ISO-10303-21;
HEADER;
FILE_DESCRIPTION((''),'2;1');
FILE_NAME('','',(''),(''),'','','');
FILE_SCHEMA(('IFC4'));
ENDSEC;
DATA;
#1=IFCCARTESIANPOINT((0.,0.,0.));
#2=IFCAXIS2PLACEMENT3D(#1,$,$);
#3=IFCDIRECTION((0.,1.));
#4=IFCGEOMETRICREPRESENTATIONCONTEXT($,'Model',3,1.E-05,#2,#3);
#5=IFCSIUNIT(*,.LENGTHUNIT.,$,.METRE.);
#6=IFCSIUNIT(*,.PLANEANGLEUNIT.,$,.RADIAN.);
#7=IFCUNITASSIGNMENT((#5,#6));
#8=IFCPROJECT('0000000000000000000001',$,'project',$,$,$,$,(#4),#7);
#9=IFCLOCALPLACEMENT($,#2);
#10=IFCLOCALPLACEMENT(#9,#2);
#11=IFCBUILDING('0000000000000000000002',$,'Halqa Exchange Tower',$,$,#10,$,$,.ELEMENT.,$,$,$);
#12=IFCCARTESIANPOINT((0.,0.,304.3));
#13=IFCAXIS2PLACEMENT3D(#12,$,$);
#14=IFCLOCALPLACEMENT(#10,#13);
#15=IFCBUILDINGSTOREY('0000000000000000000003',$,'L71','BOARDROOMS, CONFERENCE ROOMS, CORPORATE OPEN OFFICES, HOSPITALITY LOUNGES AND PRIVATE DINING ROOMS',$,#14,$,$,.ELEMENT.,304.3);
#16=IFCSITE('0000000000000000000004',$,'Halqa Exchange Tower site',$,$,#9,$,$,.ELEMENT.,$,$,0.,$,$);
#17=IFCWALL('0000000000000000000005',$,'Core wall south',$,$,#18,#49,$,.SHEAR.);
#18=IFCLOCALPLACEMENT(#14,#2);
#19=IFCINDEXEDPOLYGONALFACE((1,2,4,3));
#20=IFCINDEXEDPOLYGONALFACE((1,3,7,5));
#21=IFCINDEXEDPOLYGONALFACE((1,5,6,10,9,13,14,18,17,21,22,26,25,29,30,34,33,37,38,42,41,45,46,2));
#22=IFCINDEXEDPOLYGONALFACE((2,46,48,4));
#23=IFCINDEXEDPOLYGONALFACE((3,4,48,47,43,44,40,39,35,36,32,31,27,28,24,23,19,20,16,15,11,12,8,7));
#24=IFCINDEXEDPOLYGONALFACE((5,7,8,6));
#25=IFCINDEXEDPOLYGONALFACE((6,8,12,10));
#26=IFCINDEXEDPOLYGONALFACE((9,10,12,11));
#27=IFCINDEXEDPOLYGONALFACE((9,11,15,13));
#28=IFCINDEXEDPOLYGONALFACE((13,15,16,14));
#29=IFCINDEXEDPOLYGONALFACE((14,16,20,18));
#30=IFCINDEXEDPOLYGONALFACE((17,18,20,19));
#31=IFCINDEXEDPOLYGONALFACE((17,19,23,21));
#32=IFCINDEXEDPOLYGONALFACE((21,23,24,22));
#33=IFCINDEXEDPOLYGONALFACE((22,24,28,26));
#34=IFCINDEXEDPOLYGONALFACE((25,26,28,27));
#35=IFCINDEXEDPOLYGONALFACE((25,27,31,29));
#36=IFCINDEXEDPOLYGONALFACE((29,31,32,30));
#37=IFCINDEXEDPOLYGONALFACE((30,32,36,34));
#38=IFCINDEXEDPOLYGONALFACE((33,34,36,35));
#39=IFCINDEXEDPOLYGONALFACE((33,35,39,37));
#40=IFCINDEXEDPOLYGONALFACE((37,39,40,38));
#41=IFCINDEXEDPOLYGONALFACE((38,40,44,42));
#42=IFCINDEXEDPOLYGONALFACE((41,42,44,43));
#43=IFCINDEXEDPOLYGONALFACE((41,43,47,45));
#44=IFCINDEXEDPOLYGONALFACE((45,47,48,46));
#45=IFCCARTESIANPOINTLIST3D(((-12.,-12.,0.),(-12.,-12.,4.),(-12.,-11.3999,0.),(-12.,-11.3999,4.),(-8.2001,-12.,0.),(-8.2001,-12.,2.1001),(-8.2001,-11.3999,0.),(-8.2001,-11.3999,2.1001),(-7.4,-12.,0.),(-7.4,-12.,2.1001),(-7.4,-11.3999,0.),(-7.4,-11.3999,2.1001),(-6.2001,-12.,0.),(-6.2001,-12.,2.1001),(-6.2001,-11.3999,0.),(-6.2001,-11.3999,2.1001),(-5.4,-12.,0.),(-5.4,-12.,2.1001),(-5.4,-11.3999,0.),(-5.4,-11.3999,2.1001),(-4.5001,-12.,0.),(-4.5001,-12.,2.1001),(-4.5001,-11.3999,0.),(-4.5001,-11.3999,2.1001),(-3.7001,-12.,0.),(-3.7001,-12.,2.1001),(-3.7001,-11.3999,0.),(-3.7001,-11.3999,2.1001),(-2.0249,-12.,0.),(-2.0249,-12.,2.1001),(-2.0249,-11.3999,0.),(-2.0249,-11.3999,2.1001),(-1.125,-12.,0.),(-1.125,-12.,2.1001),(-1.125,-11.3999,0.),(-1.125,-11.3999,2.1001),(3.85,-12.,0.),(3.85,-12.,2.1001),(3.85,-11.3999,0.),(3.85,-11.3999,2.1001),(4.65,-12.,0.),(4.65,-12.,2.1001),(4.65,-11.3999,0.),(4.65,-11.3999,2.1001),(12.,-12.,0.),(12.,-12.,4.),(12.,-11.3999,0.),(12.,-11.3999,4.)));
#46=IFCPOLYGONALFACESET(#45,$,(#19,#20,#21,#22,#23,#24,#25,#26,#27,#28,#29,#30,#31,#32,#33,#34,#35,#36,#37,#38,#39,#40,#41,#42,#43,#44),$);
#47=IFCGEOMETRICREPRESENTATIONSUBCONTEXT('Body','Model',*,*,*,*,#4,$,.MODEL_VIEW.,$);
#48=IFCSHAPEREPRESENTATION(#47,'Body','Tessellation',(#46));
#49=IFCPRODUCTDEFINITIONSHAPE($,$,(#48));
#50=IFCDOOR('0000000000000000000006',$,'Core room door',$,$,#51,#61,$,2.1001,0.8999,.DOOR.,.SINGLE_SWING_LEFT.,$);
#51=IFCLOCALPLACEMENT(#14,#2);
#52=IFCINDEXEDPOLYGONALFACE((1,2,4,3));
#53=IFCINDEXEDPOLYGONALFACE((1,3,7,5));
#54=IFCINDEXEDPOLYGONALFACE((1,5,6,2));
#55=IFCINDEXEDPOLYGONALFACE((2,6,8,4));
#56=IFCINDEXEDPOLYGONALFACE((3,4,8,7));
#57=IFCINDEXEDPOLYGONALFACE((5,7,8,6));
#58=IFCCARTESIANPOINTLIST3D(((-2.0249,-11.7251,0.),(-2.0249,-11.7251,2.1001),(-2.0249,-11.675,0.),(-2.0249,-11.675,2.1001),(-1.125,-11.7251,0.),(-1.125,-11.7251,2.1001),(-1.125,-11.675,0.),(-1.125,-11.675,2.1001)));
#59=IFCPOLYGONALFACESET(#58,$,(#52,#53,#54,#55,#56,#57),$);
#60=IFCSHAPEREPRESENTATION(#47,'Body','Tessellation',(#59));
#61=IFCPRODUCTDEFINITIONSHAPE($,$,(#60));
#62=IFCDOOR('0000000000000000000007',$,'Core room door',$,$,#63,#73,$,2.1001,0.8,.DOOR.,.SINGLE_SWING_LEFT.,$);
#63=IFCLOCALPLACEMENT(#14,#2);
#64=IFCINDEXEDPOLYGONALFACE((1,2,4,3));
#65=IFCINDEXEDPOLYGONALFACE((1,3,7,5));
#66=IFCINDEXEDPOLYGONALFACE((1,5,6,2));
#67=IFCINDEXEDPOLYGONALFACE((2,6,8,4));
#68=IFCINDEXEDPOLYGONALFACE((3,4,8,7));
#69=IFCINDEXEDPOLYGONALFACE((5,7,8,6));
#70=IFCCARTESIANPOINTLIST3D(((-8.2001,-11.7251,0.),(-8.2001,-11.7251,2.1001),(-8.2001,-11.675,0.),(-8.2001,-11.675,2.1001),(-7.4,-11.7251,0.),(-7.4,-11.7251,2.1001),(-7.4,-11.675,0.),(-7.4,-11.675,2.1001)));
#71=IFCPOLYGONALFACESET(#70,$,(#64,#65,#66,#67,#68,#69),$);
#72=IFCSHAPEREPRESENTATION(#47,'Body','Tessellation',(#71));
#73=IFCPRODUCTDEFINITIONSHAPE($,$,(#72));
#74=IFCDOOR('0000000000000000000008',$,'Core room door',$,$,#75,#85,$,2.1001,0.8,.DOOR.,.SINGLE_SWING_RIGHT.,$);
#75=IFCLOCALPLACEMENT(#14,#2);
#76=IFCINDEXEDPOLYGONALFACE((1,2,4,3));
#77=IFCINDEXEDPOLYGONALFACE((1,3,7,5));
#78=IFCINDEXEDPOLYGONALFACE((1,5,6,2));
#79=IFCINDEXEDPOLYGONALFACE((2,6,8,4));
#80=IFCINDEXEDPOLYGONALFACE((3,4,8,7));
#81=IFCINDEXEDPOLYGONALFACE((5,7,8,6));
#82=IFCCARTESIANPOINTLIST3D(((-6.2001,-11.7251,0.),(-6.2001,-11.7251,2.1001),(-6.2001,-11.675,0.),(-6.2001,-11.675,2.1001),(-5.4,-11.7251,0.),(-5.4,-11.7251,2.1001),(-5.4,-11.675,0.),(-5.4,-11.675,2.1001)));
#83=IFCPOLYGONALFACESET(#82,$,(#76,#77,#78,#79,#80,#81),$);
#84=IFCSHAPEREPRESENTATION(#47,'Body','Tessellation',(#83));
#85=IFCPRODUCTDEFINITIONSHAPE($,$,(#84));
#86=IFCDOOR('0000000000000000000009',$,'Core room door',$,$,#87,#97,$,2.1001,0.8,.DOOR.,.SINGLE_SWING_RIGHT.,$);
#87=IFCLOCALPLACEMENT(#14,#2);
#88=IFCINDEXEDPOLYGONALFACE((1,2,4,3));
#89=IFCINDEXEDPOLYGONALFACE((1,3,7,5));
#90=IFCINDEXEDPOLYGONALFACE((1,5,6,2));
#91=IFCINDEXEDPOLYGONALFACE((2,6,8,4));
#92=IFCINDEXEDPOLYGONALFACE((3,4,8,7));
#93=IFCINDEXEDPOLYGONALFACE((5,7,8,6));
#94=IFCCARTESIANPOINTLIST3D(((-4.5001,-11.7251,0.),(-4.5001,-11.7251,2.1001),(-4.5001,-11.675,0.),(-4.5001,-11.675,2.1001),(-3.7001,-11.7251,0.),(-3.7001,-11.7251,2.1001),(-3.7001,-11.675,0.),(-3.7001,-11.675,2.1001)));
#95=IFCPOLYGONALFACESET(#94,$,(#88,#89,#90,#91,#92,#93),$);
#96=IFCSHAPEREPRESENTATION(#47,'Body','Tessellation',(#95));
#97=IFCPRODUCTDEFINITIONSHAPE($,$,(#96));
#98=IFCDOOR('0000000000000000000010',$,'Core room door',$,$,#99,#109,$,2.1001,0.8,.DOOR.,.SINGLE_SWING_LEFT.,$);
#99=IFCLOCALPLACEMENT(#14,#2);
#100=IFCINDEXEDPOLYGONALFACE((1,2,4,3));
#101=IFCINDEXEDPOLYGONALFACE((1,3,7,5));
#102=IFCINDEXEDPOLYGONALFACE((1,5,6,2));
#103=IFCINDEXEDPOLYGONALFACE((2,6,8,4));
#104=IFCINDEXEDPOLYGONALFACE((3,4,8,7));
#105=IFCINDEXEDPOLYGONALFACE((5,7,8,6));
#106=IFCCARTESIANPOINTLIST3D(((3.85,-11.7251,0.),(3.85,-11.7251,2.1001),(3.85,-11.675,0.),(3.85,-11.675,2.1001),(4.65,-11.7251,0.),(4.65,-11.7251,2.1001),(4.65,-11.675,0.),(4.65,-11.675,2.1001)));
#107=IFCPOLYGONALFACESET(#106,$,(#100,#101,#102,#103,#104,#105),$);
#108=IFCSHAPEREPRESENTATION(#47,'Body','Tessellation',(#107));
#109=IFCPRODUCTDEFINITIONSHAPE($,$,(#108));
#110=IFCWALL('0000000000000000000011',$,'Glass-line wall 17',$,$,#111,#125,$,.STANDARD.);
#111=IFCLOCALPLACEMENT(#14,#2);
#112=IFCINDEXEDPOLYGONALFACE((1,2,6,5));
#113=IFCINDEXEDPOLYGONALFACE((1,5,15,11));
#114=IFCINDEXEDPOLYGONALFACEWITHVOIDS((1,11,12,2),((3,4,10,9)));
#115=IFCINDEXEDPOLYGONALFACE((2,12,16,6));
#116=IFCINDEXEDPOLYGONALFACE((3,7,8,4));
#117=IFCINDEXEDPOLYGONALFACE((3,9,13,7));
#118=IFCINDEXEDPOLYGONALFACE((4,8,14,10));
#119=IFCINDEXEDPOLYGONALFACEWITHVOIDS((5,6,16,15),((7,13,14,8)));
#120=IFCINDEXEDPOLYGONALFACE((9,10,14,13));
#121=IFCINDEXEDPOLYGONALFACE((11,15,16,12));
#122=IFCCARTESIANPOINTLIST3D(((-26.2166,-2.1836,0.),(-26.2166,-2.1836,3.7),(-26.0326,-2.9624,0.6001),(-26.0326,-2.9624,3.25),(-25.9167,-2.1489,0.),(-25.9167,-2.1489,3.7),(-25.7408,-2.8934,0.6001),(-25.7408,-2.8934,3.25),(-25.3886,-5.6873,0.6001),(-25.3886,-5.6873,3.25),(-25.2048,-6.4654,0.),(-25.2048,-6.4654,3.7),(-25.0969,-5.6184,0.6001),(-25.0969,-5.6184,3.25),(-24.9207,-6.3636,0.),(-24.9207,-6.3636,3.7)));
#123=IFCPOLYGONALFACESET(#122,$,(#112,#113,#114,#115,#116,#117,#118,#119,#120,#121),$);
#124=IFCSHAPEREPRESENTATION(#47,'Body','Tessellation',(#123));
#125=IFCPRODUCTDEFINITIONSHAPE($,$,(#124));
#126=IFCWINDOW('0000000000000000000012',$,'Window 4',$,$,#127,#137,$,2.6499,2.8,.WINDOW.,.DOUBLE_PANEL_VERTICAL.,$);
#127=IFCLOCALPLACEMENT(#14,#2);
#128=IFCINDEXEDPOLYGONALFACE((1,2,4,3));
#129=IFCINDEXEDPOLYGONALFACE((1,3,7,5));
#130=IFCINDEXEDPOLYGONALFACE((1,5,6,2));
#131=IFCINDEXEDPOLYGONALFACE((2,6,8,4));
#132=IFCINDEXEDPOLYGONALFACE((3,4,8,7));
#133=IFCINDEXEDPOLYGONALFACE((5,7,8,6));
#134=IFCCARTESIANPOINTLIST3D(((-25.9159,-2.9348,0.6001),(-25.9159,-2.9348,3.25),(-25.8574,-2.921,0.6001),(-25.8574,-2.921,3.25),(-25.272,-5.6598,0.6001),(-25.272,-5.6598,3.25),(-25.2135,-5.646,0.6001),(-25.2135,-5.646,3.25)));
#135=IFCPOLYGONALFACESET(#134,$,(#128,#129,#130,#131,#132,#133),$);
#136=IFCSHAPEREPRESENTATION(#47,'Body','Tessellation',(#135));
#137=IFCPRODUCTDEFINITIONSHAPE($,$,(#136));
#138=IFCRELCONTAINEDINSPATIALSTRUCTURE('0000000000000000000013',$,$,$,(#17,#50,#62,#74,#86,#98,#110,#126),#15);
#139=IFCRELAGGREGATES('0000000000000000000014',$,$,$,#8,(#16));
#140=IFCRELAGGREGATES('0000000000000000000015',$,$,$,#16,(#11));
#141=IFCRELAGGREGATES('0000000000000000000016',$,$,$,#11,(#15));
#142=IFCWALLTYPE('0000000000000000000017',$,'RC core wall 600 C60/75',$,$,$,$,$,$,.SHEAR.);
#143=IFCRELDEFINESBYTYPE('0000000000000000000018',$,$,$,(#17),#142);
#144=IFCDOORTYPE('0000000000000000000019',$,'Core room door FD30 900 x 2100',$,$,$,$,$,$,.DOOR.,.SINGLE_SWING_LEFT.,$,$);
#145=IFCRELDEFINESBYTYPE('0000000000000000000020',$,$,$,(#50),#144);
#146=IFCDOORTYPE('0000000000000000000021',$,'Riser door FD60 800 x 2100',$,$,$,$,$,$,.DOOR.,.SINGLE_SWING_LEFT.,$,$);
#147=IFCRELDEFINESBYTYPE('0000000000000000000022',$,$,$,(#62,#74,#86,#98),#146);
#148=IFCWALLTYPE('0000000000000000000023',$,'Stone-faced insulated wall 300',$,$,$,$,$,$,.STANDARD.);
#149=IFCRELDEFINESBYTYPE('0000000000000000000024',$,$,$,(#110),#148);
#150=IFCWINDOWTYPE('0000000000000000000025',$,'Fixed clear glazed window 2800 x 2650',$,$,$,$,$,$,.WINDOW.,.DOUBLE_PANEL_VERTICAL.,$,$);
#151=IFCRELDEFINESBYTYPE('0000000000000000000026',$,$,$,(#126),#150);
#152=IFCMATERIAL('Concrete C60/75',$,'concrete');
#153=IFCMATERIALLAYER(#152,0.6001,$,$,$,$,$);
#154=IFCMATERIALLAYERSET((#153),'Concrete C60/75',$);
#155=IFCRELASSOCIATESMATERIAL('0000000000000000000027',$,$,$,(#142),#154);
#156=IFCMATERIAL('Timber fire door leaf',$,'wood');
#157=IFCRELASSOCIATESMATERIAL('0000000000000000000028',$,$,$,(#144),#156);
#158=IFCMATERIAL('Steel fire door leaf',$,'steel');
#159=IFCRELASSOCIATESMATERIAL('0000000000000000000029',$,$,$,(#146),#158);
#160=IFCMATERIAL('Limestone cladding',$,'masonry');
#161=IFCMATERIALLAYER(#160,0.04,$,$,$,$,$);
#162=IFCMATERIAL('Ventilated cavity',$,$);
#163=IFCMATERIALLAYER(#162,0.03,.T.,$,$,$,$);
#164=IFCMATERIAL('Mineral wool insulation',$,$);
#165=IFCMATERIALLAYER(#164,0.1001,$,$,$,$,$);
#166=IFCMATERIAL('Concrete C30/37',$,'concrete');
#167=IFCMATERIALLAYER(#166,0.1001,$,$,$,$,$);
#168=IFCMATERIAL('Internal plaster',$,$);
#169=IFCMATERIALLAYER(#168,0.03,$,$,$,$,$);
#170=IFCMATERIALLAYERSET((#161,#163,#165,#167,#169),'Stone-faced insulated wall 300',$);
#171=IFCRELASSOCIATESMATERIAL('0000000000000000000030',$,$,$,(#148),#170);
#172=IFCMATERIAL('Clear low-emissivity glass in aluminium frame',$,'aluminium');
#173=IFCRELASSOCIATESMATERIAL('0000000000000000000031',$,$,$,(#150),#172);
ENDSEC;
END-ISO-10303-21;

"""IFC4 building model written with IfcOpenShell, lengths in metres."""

from ifc_helpers import new_model, si_unit, direction, frame, frame_2d, origin, place, context, subcontext, project, spatial, polyline, rectangle, outline, extrude, material, layer, layer_set, type_object, element, fill, save


model = new_model("IFC4")

# Units and contexts
model_context = context("Model", 3, precision=1e-05, world=origin(), true_north=direction((0.0, 1.0)))
body_context = subcontext(model_context, "Body", "Model", "MODEL_VIEW")
ifc_project = project(units=[si_unit("LENGTHUNIT", "METRE"), si_unit("PLANEANGLEUNIT", "RADIAN")], contexts=[model_context])

# Site, building, storey
site_placement = place(None, origin())
site = spatial("IfcSite", under=ifc_project, at=site_placement, Name="Halqa Exchange Tower site", CompositionType="ELEMENT", RefElevation=0.0)
building_placement = place(site_placement, origin())
building = spatial("IfcBuilding", under=site, at=building_placement, Name="Halqa Exchange Tower", CompositionType="ELEMENT")
storey_placement = place(building_placement, frame((0.0, 0.0, 304.3)))
storey = spatial("IfcBuildingStorey", under=building, at=storey_placement, Name="L71", Description="BOARDROOMS, CONFERENCE ROOMS, CORPORATE OPEN OFFICES, HOSPITALITY LOUNGES AND PRIVATE DINING ROOMS", CompositionType="ELEMENT", Elevation=304.3)

# Shared definitions
ifc_material_1 = material(Name="Concrete C60/75", Category="concrete")

# Wall, openings, doors
ifc_layer_1 = layer(ifc_material_1, 0.6001)
ifc_layer_set_1 = layer_set([ifc_layer_1], Name="Concrete C60/75")
wall_type_1 = type_object("IfcWallType", Name="RC core wall 600 C60/75", PredefinedType="SHEAR", material=ifc_layer_set_1)
wall_1_placement = place(storey_placement, frame((-12.0, -11.7, 0.0), z_axis=(0.0, 0.0, 1.0), x_axis=(1.0, 0.0, 0.0)))
wall_1 = element("IfcWall", 1, at=wall_1_placement, inside=storey, type_object=wall_type_1, Name="Core wall south", PredefinedType="SHEAR", context=body_context, shape_type="SweptSolid", body=[
    extrude(rectangle(XDim=24.0, YDim=0.6001, at=frame_2d((12.0, 0.0))), origin(), (0.0, 0.0, 1.0), 4.0),
])
opening_1_placement = place(wall_1_placement, frame((9.9751, 0.0, 0.0)))
opening_1 = element("IfcOpeningElement", 2, at=opening_1_placement, cuts=wall_1, PredefinedType="OPENING", context=body_context, shape_type="SweptSolid", body=[
    extrude(rectangle(XDim=0.8999, YDim=2.1001, at=frame_2d((0.45, 1.05))), frame((0.0, 0.312, 0.0), z_axis=(0.0, -1.0, 0.0), x_axis=(1.0, 0.0, 0.0)), (0.0, 0.0, 1.0), 0.624),
])
opening_2_placement = place(wall_1_placement, frame((3.8, 0.0, 0.0)))
opening_2 = element("IfcOpeningElement", 3, at=opening_2_placement, cuts=wall_1, PredefinedType="OPENING", context=body_context, shape_type="SweptSolid", body=[
    extrude(rectangle(XDim=0.8, YDim=2.1001, at=frame_2d((0.3999, 1.05))), frame((0.0, 0.312, 0.0), z_axis=(0.0, -1.0, 0.0), x_axis=(1.0, 0.0, 0.0)), (0.0, 0.0, 1.0), 0.624),
])
opening_3_placement = place(wall_1_placement, frame((5.8, 0.0, 0.0)))
opening_3 = element("IfcOpeningElement", 4, at=opening_3_placement, cuts=wall_1, PredefinedType="OPENING", context=body_context, shape_type="SweptSolid", body=[
    extrude(rectangle(XDim=0.8, YDim=2.1001, at=frame_2d((0.3999, 1.05))), frame((0.0, 0.312, 0.0), z_axis=(0.0, -1.0, 0.0), x_axis=(1.0, 0.0, 0.0)), (0.0, 0.0, 1.0), 0.624),
])
opening_4_placement = place(wall_1_placement, frame((7.5, 0.0, 0.0)))
opening_4 = element("IfcOpeningElement", 5, at=opening_4_placement, cuts=wall_1, PredefinedType="OPENING", context=body_context, shape_type="SweptSolid", body=[
    extrude(rectangle(XDim=0.8, YDim=2.1001, at=frame_2d((0.3999, 1.05))), frame((0.0, 0.312, 0.0), z_axis=(0.0, -1.0, 0.0), x_axis=(1.0, 0.0, 0.0)), (0.0, 0.0, 1.0), 0.624),
])
opening_5_placement = place(wall_1_placement, frame((15.8501, 0.0, 0.0)))
opening_5 = element("IfcOpeningElement", 6, at=opening_5_placement, cuts=wall_1, PredefinedType="OPENING", context=body_context, shape_type="SweptSolid", body=[
    extrude(rectangle(XDim=0.8, YDim=2.1001, at=frame_2d((0.3999, 1.05))), frame((0.0, 0.312, 0.0), z_axis=(0.0, -1.0, 0.0), x_axis=(1.0, 0.0, 0.0)), (0.0, 0.0, 1.0), 0.624),
])
ifc_material_2 = material(Name="Timber fire door leaf", Category="wood")
door_type_1 = type_object("IfcDoorType", Name="Core room door FD30 900 x 2100", OperationType="SINGLE_SWING_LEFT", PredefinedType="DOOR", material=ifc_material_2)
door_1_placement = place(opening_1_placement, origin())
door_1 = element("IfcDoor", 7, at=door_1_placement, inside=storey, type_object=door_type_1, Name="Core room door", OperationType="SINGLE_SWING_LEFT", OverallHeight=2.1001, OverallWidth=0.8999, PredefinedType="DOOR", context=body_context, shape_type="SweptSolid", body=[
    extrude(rectangle(XDim=0.8999, YDim=2.1001, at=frame_2d((0.45, 1.05))), frame((0.0, 0.0249, 0.0), z_axis=(0.0, -1.0, 0.0), x_axis=(1.0, 0.0, 0.0)), (0.0, 0.0, 1.0), 0.05),
])
fill(opening_1, door_1)
ifc_material_3 = material(Name="Steel fire door leaf", Category="steel")
door_type_2 = type_object("IfcDoorType", Name="Riser door FD60 800 x 2100", OperationType="SINGLE_SWING_LEFT", PredefinedType="DOOR", material=ifc_material_3)
door_2_placement = place(opening_2_placement, origin())
door_2 = element("IfcDoor", 8, at=door_2_placement, inside=storey, type_object=door_type_2, Name="Core room door", OperationType="SINGLE_SWING_LEFT", OverallHeight=2.1001, OverallWidth=0.8, PredefinedType="DOOR", context=body_context, shape_type="SweptSolid", body=[
    extrude(rectangle(XDim=0.8, YDim=2.1001, at=frame_2d((0.3999, 1.05))), frame((0.0, 0.0249, 0.0), z_axis=(0.0, -1.0, 0.0), x_axis=(1.0, 0.0, 0.0)), (0.0, 0.0, 1.0), 0.05),
])
fill(opening_2, door_2)
door_3_placement = place(opening_3_placement, origin())
door_3 = element("IfcDoor", 9, at=door_3_placement, inside=storey, type_object=door_type_2, Name="Core room door", OperationType="SINGLE_SWING_RIGHT", OverallHeight=2.1001, OverallWidth=0.8, PredefinedType="DOOR", context=body_context, shape_type="SweptSolid", body=[
    extrude(rectangle(XDim=0.8, YDim=2.1001, at=frame_2d((0.3999, 1.05))), frame((0.0, 0.0249, 0.0), z_axis=(0.0, -1.0, 0.0), x_axis=(1.0, 0.0, 0.0)), (0.0, 0.0, 1.0), 0.05),
])
fill(opening_3, door_3)
door_4_placement = place(opening_4_placement, origin())
door_4 = element("IfcDoor", 10, at=door_4_placement, inside=storey, type_object=door_type_2, Name="Core room door", OperationType="SINGLE_SWING_RIGHT", OverallHeight=2.1001, OverallWidth=0.8, PredefinedType="DOOR", context=body_context, shape_type="SweptSolid", body=[
    extrude(rectangle(XDim=0.8, YDim=2.1001, at=frame_2d((0.3999, 1.05))), frame((0.0, 0.0249, 0.0), z_axis=(0.0, -1.0, 0.0), x_axis=(1.0, 0.0, 0.0)), (0.0, 0.0, 1.0), 0.05),
])
fill(opening_4, door_4)
door_5_placement = place(opening_5_placement, origin())
door_5 = element("IfcDoor", 11, at=door_5_placement, inside=storey, type_object=door_type_2, Name="Core room door", OperationType="SINGLE_SWING_LEFT", OverallHeight=2.1001, OverallWidth=0.8, PredefinedType="DOOR", context=body_context, shape_type="SweptSolid", body=[
    extrude(rectangle(XDim=0.8, YDim=2.1001, at=frame_2d((0.3999, 1.05))), frame((0.0, 0.0249, 0.0), z_axis=(0.0, -1.0, 0.0), x_axis=(1.0, 0.0, 0.0)), (0.0, 0.0, 1.0), 0.05),
])
fill(opening_5, door_5)

# Wall, opening, window
ifc_material_4 = material(Name="Limestone cladding", Category="masonry")
ifc_layer_2 = layer(ifc_material_4, 0.04)
ifc_material_5 = material(Name="Ventilated cavity")
ifc_layer_3 = layer(ifc_material_5, 0.03, ventilated=True)
ifc_material_6 = material(Name="Mineral wool insulation")
ifc_layer_4 = layer(ifc_material_6, 0.1001)
ifc_material_7 = material(Name="Concrete C30/37", Category="concrete")
ifc_layer_5 = layer(ifc_material_7, 0.1001)
ifc_material_8 = material(Name="Internal plaster")
ifc_layer_6 = layer(ifc_material_8, 0.03)
ifc_layer_set_2 = layer_set([ifc_layer_2, ifc_layer_3, ifc_layer_4, ifc_layer_5, ifc_layer_6], Name="Stone-faced insulated wall 300")
wall_type_2 = type_object("IfcWallType", Name="Stone-faced insulated wall 300", PredefinedType="STANDARD", material=ifc_layer_set_2)
wall_2_placement = place(storey_placement, frame((-26.0667, -2.1663, 0.0), z_axis=(0.0, 0.0, 1.0), x_axis=(0.229974, -0.973197, 0.0)))
wall_2 = element("IfcWall", 12, at=wall_2_placement, inside=storey, type_object=wall_type_2, Name="Glass-line wall 17", PredefinedType="STANDARD", context=body_context, shape_type="SweptSolid", body=[
    extrude(outline(polyline([(-0.0176, -0.1499), (4.3821, -0.1499), (4.3484, 0.1499), (0.0176, 0.1499), (-0.0176, -0.1499)])), origin(), (0.0, 0.0, 1.0), 3.7),
])
opening_6_placement = place(wall_2_placement, frame((0.7827, 0.0, 0.6001)))
opening_6 = element("IfcOpeningElement", 13, at=opening_6_placement, cuts=wall_2, PredefinedType="OPENING", context=body_context, shape_type="SweptSolid", body=[
    extrude(rectangle(XDim=2.8, YDim=2.6499, at=frame_2d((1.3999, 1.325))), frame((0.0, 0.1621, 0.0), z_axis=(0.0, -1.0, 0.0), x_axis=(1.0, 0.0, 0.0)), (0.0, 0.0, 1.0), 0.324),
])
ifc_material_9 = material(Name="Clear low-emissivity glass in aluminium frame", Category="aluminium")
window_type = type_object("IfcWindowType", Name="Fixed clear glazed window 2800 x 2650", PartitioningType="DOUBLE_PANEL_VERTICAL", PredefinedType="WINDOW", material=ifc_material_9)
window_1_placement = place(opening_6_placement, origin())
window_1 = element("IfcWindow", 14, at=window_1_placement, inside=storey, type_object=window_type, Name="Window 4", OverallHeight=2.6499, OverallWidth=2.8, PartitioningType="DOUBLE_PANEL_VERTICAL", PredefinedType="WINDOW", context=body_context, shape_type="SweptSolid", body=[
    extrude(rectangle(XDim=2.8, YDim=2.6499, at=frame_2d((1.3999, 1.325))), frame((0.0, 0.03, 0.0), z_axis=(0.0, -1.0, 0.0), x_axis=(1.0, 0.0, 0.0)), (0.0, 0.0, 1.0), 0.0601),
])
fill(opening_6, window_1)

save(model, "model.ifc")
